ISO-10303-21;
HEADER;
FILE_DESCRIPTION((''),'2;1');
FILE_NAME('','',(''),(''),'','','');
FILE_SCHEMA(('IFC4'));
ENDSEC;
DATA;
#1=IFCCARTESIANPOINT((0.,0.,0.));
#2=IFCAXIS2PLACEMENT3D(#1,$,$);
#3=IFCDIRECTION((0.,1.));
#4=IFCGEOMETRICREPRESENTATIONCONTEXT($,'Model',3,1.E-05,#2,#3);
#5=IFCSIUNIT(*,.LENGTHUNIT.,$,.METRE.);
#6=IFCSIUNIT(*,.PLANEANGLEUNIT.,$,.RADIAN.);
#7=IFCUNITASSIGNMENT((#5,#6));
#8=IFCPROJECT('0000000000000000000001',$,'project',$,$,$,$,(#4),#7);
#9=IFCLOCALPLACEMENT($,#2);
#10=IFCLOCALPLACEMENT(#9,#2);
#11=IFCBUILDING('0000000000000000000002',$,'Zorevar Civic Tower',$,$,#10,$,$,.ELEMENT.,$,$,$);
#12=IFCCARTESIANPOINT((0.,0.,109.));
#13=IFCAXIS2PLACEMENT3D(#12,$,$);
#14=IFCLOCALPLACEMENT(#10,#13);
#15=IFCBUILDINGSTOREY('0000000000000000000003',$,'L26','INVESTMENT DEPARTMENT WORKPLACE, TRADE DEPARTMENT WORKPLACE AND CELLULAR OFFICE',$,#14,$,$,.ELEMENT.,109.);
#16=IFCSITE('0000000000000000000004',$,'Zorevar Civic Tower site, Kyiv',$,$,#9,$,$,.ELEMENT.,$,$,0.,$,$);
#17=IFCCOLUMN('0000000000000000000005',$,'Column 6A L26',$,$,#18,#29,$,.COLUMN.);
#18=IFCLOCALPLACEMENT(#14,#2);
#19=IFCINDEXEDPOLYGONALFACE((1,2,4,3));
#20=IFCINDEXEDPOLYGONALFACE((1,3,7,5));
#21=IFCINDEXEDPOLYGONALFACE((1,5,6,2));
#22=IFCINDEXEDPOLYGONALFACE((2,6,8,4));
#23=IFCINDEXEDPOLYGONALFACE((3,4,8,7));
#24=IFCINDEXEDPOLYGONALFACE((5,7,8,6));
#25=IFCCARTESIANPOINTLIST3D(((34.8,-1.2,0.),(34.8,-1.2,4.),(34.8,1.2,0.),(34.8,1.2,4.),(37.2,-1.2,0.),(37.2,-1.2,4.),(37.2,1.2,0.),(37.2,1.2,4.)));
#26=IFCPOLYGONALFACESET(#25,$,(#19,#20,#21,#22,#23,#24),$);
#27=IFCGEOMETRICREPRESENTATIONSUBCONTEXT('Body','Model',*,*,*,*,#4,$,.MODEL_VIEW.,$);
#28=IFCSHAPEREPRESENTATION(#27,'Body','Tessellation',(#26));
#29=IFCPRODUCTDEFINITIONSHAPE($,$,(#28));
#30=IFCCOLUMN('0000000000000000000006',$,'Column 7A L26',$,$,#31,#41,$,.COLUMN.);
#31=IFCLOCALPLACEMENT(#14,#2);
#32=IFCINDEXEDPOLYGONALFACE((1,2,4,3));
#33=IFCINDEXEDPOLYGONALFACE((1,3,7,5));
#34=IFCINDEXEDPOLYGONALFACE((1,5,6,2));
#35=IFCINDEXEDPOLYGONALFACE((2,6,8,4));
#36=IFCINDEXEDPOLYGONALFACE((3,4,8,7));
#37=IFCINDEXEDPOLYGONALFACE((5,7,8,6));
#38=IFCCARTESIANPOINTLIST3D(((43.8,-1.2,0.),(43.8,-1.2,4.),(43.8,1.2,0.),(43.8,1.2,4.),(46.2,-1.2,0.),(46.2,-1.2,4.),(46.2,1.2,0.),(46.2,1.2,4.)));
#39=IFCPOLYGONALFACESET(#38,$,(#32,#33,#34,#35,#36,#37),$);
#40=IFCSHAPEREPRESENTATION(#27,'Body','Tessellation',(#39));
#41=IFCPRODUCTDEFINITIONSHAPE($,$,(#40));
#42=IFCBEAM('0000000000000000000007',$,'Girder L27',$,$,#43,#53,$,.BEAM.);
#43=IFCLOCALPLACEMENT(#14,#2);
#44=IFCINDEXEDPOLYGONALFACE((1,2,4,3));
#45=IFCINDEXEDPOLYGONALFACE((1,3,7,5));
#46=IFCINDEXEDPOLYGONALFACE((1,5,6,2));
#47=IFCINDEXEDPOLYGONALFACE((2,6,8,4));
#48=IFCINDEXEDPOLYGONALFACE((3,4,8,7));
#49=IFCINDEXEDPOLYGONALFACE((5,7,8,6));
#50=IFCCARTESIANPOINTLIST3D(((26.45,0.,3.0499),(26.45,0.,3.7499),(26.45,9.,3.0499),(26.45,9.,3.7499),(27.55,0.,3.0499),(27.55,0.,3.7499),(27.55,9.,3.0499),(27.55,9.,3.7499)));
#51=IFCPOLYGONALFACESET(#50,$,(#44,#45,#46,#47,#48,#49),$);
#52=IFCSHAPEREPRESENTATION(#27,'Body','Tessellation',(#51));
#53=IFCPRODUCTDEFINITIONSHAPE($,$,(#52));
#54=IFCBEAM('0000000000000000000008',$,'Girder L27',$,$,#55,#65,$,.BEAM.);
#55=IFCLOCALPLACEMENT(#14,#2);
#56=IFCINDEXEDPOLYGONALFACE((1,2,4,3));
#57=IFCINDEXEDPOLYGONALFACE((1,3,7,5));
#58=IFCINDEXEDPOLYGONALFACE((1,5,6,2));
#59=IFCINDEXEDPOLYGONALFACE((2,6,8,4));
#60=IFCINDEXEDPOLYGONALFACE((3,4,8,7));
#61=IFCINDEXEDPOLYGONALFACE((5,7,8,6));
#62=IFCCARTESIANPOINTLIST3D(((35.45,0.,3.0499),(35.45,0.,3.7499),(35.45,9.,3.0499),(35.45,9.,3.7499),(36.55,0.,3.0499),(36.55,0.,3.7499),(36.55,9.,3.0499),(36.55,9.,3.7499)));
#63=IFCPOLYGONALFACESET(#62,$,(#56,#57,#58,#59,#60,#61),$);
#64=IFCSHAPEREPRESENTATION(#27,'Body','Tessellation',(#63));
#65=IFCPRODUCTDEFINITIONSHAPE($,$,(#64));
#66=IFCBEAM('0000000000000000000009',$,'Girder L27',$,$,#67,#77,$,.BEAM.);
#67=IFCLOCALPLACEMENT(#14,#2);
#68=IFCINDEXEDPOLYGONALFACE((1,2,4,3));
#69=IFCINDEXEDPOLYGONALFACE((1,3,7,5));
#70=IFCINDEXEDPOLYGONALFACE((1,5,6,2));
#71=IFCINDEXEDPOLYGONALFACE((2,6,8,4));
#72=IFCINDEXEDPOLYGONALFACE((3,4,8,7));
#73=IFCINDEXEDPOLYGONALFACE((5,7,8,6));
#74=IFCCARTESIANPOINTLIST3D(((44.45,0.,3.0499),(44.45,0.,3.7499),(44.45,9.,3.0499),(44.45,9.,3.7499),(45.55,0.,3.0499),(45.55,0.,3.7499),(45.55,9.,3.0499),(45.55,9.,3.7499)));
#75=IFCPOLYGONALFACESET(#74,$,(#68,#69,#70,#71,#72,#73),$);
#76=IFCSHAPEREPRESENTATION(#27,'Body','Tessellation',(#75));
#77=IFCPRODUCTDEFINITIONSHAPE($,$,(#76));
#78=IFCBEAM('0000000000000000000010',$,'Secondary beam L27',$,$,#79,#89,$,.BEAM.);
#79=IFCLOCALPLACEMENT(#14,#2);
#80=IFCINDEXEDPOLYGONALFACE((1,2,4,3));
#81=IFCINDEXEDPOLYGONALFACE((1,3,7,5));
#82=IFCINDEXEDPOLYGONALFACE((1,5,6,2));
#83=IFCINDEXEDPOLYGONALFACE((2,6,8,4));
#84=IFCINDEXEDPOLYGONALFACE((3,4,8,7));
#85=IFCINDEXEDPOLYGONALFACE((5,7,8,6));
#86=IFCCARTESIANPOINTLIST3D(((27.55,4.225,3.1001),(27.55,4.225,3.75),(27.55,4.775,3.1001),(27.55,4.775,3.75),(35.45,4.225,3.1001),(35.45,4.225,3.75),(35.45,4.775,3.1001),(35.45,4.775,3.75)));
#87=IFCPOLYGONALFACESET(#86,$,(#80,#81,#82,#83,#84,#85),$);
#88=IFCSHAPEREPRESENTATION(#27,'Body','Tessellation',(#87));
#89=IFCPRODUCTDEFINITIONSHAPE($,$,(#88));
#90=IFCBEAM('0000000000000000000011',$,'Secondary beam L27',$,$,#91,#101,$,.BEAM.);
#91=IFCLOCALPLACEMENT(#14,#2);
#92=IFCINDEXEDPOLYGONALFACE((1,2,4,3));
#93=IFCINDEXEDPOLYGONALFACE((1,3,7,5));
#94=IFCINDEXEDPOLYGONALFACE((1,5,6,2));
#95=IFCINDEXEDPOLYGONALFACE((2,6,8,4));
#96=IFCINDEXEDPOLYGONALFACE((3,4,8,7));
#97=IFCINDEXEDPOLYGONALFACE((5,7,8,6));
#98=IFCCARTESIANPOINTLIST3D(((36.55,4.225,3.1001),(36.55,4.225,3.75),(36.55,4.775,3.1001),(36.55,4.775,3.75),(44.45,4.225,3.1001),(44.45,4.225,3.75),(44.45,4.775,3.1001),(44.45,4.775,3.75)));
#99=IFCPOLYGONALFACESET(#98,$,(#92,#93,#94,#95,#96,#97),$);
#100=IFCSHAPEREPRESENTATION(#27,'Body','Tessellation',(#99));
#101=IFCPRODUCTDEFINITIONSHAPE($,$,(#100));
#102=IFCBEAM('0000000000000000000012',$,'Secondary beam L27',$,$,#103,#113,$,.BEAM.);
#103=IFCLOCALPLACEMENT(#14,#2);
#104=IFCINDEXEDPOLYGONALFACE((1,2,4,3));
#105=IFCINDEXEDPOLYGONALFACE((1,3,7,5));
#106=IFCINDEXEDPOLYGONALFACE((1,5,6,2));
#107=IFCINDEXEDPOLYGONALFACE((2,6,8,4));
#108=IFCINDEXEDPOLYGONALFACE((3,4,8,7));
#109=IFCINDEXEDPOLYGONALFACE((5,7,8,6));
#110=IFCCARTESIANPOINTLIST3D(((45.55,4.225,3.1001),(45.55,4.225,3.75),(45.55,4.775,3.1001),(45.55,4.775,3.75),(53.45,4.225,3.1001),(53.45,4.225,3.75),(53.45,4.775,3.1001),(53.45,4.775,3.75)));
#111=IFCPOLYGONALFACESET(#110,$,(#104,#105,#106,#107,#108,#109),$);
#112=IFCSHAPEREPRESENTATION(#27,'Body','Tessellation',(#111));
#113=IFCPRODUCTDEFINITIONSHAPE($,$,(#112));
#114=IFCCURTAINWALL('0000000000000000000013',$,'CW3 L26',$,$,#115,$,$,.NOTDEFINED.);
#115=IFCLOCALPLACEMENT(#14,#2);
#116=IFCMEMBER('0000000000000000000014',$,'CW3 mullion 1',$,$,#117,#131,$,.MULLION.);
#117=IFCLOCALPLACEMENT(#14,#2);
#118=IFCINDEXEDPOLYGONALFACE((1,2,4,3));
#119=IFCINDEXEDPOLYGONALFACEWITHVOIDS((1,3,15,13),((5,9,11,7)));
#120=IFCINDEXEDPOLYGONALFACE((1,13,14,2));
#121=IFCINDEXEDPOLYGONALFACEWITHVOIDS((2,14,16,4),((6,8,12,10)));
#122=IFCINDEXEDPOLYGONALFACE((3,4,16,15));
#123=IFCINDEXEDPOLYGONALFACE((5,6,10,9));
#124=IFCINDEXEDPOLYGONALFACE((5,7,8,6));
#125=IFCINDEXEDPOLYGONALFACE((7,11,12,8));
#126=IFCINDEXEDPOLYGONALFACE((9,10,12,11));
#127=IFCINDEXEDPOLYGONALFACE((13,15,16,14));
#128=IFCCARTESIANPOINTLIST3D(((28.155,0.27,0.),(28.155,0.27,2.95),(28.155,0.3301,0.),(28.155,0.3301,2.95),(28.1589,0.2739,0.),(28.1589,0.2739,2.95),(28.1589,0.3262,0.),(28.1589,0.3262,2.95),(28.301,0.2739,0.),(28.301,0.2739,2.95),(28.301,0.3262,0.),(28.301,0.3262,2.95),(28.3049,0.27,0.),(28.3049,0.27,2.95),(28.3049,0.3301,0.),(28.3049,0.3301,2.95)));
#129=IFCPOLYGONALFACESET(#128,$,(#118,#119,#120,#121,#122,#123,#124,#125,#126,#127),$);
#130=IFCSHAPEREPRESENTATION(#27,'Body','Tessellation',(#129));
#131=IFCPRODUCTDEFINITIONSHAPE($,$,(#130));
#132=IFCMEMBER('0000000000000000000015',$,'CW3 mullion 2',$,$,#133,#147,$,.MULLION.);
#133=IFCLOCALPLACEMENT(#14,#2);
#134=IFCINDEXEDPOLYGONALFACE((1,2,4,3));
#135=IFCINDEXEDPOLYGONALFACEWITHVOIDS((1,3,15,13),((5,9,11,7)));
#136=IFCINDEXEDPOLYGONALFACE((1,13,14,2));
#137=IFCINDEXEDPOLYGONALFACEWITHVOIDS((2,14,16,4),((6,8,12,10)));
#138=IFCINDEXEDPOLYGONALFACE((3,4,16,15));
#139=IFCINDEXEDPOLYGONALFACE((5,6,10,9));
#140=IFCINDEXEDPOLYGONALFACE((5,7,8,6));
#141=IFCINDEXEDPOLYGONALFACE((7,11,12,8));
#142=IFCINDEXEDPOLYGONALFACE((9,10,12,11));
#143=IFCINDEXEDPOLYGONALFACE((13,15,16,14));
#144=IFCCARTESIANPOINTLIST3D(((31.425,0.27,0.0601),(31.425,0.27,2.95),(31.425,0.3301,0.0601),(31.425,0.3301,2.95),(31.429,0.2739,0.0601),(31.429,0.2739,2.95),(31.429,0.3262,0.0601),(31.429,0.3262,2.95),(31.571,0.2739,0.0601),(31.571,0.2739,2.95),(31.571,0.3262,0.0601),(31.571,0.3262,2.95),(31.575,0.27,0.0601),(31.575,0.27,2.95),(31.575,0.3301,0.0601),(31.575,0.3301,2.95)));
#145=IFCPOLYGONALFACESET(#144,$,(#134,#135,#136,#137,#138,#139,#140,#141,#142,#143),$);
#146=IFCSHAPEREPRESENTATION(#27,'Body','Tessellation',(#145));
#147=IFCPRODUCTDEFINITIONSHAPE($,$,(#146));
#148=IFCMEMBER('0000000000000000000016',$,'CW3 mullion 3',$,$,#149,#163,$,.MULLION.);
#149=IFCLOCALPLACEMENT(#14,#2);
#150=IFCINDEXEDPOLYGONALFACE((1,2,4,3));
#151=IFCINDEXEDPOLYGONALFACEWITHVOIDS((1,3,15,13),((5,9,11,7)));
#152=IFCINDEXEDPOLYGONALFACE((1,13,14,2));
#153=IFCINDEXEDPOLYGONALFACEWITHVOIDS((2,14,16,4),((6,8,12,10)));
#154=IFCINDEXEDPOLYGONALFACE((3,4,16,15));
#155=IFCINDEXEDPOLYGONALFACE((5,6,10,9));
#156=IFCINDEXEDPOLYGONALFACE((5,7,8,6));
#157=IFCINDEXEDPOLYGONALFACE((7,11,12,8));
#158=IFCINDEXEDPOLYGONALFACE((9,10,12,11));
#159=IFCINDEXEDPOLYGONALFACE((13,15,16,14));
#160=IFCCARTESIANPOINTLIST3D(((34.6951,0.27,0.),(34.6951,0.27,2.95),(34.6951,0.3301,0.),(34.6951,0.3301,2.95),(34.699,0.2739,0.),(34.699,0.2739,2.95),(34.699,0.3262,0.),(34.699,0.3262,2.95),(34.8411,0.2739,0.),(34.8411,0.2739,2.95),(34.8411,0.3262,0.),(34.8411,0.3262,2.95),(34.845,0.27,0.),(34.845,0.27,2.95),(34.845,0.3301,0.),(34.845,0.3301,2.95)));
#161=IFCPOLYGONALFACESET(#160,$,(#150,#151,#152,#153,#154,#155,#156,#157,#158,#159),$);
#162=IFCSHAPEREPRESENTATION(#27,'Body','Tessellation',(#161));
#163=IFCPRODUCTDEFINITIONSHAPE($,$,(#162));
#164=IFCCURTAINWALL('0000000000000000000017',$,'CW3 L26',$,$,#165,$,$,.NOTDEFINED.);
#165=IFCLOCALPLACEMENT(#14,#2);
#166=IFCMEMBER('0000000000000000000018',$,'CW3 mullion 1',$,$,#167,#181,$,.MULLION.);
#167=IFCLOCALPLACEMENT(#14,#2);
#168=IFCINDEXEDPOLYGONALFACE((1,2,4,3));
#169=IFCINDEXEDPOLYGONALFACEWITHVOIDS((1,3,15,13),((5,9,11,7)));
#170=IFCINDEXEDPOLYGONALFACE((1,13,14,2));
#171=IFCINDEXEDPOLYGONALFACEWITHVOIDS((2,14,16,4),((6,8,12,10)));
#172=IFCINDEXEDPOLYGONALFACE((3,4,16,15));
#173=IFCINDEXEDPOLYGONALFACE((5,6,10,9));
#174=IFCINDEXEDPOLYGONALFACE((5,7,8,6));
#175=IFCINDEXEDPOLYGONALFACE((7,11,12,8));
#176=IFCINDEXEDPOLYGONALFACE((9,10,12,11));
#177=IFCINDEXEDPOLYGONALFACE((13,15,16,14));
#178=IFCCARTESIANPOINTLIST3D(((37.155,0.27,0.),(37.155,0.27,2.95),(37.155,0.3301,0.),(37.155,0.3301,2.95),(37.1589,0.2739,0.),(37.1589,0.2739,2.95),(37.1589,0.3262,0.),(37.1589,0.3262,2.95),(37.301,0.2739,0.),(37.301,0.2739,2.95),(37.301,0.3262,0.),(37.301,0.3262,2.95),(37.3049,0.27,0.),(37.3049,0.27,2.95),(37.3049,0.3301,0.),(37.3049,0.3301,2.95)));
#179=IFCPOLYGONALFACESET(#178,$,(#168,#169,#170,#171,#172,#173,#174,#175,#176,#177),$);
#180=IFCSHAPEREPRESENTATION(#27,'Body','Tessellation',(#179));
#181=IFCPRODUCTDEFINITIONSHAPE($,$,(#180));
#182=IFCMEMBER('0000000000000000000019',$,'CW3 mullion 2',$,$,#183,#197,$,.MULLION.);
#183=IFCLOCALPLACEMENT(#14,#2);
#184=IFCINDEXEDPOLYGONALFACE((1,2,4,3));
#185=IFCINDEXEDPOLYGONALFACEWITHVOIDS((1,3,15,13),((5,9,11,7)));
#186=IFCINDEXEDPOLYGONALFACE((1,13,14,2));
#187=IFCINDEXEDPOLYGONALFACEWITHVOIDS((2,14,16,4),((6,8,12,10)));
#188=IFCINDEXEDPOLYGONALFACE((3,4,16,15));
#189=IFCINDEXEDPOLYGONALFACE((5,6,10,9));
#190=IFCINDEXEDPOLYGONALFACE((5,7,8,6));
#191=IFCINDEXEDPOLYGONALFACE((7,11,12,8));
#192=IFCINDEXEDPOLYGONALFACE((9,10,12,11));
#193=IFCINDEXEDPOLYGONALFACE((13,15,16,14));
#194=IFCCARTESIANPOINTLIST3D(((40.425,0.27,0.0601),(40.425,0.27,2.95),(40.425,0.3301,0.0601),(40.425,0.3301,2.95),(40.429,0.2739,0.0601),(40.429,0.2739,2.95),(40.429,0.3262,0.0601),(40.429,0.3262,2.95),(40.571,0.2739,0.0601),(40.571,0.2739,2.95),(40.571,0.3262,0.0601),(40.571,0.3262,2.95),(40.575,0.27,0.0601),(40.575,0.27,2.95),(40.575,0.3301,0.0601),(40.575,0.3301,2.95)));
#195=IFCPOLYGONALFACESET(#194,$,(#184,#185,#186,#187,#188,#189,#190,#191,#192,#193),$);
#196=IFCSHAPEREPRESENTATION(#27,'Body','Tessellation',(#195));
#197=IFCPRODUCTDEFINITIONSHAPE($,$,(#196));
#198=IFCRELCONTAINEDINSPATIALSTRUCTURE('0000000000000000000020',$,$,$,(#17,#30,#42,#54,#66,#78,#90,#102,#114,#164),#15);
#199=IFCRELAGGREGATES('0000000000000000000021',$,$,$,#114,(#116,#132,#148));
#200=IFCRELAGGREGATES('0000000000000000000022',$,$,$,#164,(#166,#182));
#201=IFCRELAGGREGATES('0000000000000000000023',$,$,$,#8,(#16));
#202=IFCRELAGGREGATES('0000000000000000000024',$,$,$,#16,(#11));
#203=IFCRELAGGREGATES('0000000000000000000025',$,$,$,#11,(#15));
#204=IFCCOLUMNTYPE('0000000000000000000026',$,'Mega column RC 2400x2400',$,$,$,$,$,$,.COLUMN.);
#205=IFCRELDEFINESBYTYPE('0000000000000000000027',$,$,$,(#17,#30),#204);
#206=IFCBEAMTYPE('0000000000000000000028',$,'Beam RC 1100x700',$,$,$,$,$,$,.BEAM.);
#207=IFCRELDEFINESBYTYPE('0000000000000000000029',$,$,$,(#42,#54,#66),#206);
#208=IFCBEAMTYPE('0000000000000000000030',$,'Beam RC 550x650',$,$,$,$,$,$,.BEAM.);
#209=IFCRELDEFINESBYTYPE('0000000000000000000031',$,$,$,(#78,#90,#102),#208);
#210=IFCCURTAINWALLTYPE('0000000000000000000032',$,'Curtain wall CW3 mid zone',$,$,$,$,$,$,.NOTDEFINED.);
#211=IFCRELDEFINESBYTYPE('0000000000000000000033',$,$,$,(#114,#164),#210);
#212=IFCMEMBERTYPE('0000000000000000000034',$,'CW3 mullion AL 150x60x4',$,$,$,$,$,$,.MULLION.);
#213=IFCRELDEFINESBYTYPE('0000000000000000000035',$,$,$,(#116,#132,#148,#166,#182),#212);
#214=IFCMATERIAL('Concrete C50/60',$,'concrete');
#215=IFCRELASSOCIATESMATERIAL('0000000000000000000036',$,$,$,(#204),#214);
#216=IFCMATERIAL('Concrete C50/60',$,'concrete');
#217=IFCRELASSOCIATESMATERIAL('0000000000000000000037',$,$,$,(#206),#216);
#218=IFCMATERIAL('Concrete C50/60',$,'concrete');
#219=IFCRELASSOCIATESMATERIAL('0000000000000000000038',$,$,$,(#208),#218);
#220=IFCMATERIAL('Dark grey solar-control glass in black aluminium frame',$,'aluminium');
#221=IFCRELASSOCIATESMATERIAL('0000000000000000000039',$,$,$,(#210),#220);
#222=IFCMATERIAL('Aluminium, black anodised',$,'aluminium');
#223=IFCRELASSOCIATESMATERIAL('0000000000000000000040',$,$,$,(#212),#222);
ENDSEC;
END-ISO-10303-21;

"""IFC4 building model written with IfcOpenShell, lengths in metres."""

from ifc_helpers import new_model, si_unit, direction, frame, origin, origin_2d, place, context, subcontext, project, spatial, rectangle, hollow_rectangle, extrude, material, material_profile, profile_set, type_object, element, aggregate, save


model = new_model("IFC4")

# Units and contexts
model_context = context("Model", 3, precision=1e-05, world=origin(), true_north=direction((0.0, 1.0)))
body_context = subcontext(model_context, "Body", "Model", "MODEL_VIEW")
ifc_project = project(units=[si_unit("LENGTHUNIT", "METRE"), si_unit("PLANEANGLEUNIT", "RADIAN")], contexts=[model_context])

# Site, building, storey
site_placement = place(None, origin())
site = spatial("IfcSite", under=ifc_project, at=site_placement, Name="Zorevar Civic Tower site, Kyiv", CompositionType="ELEMENT", RefElevation=0.0)
building_placement = place(site_placement, origin())
building = spatial("IfcBuilding", under=site, at=building_placement, Name="Zorevar Civic Tower", CompositionType="ELEMENT")
storey_placement = place(building_placement, frame((0.0, 0.0, 109.0)))
storey = spatial("IfcBuildingStorey", under=building, at=storey_placement, Name="L26", Description="INVESTMENT DEPARTMENT WORKPLACE, TRADE DEPARTMENT WORKPLACE AND CELLULAR OFFICE", CompositionType="ELEMENT", Elevation=109.0)

# Columns
ifc_material_1 = material(Name="Concrete C50/60", Category="concrete")
ifc_material_profile_1 = material_profile(ifc_material_1, rectangle(XDim=2.3999, YDim=2.3999, at=origin_2d()), Name="RC 2400x2400")
ifc_profile_set_1 = profile_set([ifc_material_profile_1], Name="Concrete C50/60")
column_type = type_object("IfcColumnType", Name="Mega column RC 2400x2400", PredefinedType="COLUMN", material=ifc_profile_set_1)
for number, where, z_axis, x_axis, name in (
    (1, (36.0, 0.0, 0.0), (0.0, 0.0, 1.0), (1.0, 0.0, 0.0), "Column 6A L26"),
    (2, (45.0, 0.0, 0.0), (0.0, 0.0, 1.0), (1.0, 0.0, 0.0), "Column 7A L26"),
):
    element("IfcColumn", number, at=place(storey_placement, frame(where, z_axis=z_axis, x_axis=x_axis)), inside=storey, type_object=column_type, Name=name, PredefinedType="COLUMN", context=body_context, shape_type="SweptSolid", body=[
        extrude(rectangle(XDim=2.3999, YDim=2.3999, at=origin_2d()), origin(), (0.0, 0.0, 1.0), 4.0),
    ])

# Beams
ifc_material_2 = material(Name="Concrete C50/60", Category="concrete")
ifc_material_profile_2 = material_profile(ifc_material_2, rectangle(XDim=1.1001, YDim=0.7, at=origin_2d()), Name="RC 1100x700")
ifc_profile_set_2 = profile_set([ifc_material_profile_2], Name="Concrete C50/60")
beam_type_1 = type_object("IfcBeamType", Name="Beam RC 1100x700", PredefinedType="BEAM", material=ifc_profile_set_2)
for number, where, z_axis, x_axis, name in (
    (3, (27.0, 0.0, 3.3999), (0.0, 1.0, 0.0), (-1.0, 0.0, 0.0), "Girder L27"),
    (4, (36.0, 0.0, 3.3999), (0.0, 1.0, 0.0), (-1.0, 0.0, 0.0), "Girder L27"),
    (5, (45.0, 0.0, 3.3999), (0.0, 1.0, 0.0), (-1.0, 0.0, 0.0), "Girder L27"),
):
    element("IfcBeam", number, at=place(storey_placement, frame(where, z_axis=z_axis, x_axis=x_axis)), inside=storey, type_object=beam_type_1, Name=name, PredefinedType="BEAM", context=body_context, shape_type="SweptSolid", body=[
        extrude(rectangle(XDim=1.1001, YDim=0.7, at=origin_2d()), origin(), (0.0, 0.0, 1.0), 9.0),
    ])
ifc_material_3 = material(Name="Concrete C50/60", Category="concrete")
ifc_material_profile_3 = material_profile(ifc_material_3, rectangle(XDim=0.55, YDim=0.6499, at=origin_2d()), Name="RC 550x650")
ifc_profile_set_3 = profile_set([ifc_material_profile_3], Name="Concrete C50/60")
beam_type_2 = type_object("IfcBeamType", Name="Beam RC 550x650", PredefinedType="BEAM", material=ifc_profile_set_3)
for number, where, z_axis, x_axis, name in (
    (6, (27.55, 4.5, 3.425), (1.0, 0.0, 0.0), (0.0, 1.0, 0.0), "Secondary beam L27"),
    (7, (36.55, 4.5, 3.425), (1.0, 0.0, 0.0), (0.0, 1.0, 0.0), "Secondary beam L27"),
    (8, (45.55, 4.5, 3.425), (1.0, 0.0, 0.0), (0.0, 1.0, 0.0), "Secondary beam L27"),
):
    element("IfcBeam", number, at=place(storey_placement, frame(where, z_axis=z_axis, x_axis=x_axis)), inside=storey, type_object=beam_type_2, Name=name, PredefinedType="BEAM", context=body_context, shape_type="SweptSolid", body=[
        extrude(rectangle(XDim=0.55, YDim=0.6499, at=origin_2d()), origin(), (0.0, 0.0, 1.0), 7.8999),
    ])

# Curtain walls, members
ifc_material_4 = material(Name="Dark grey solar-control glass in black aluminium frame", Category="aluminium")
curtain_wall_type = type_object("IfcCurtainWallType", Name="Curtain wall CW3 mid zone", PredefinedType="NOTDEFINED", material=ifc_material_4)
curtain_wall_1_placement = place(storey_placement, origin())
curtain_wall_1 = element("IfcCurtainWall", 9, at=curtain_wall_1_placement, inside=storey, type_object=curtain_wall_type, Name="CW3 L26", PredefinedType="NOTDEFINED")
ifc_material_5 = material(Name="Aluminium, black anodised", Category="aluminium")
ifc_material_profile_4 = material_profile(ifc_material_5, hollow_rectangle(XDim=0.0601, YDim=0.1499, WallThickness=0.0039, at=origin_2d()), Name="AL 150x60x4")
ifc_profile_set_4 = profile_set([ifc_material_profile_4], Name="Aluminium, black anodised")
member_type_1 = type_object("IfcMemberType", Name="CW3 mullion AL 150x60x4", PredefinedType="MULLION", material=ifc_profile_set_4)
member_1_placement = place(storey_placement, frame((28.23, 0.3, 0.0), z_axis=(0.0, 0.0, 1.0), x_axis=(0.0, 1.0, 0.0)))
member_1 = element("IfcMember", 10, at=member_1_placement, type_object=member_type_1, Name="CW3 mullion 1", PredefinedType="MULLION", context=body_context, shape_type="SweptSolid", body=[
    extrude(hollow_rectangle(XDim=0.0601, YDim=0.1499, WallThickness=0.0039, at=origin_2d()), origin(), (0.0, 0.0, 1.0), 2.95),
])
member_2_placement = place(storey_placement, frame((31.5, 0.3, 0.0601), z_axis=(0.0, 0.0, 1.0), x_axis=(0.0, 1.0, 0.0)))
member_2 = element("IfcMember", 11, at=member_2_placement, type_object=member_type_1, Name="CW3 mullion 2", PredefinedType="MULLION", context=body_context, shape_type="SweptSolid", body=[
    extrude(hollow_rectangle(XDim=0.0601, YDim=0.1499, WallThickness=0.0039, at=origin_2d()), origin(), (0.0, 0.0, 1.0), 2.8899),
])
member_3_placement = place(storey_placement, frame((34.77, 0.3, 0.0), z_axis=(0.0, 0.0, 1.0), x_axis=(0.0, 1.0, 0.0)))
member_3 = element("IfcMember", 12, at=member_3_placement, type_object=member_type_1, Name="CW3 mullion 3", PredefinedType="MULLION", context=body_context, shape_type="SweptSolid", body=[
    extrude(hollow_rectangle(XDim=0.0601, YDim=0.1499, WallThickness=0.0039, at=origin_2d()), origin(), (0.0, 0.0, 1.0), 2.95),
])
curtain_wall_2_placement = place(storey_placement, origin())
curtain_wall_2 = element("IfcCurtainWall", 13, at=curtain_wall_2_placement, inside=storey, type_object=curtain_wall_type, Name="CW3 L26", PredefinedType="NOTDEFINED")
member_4_placement = place(storey_placement, frame((37.23, 0.3, 0.0), z_axis=(0.0, 0.0, 1.0), x_axis=(0.0, 1.0, 0.0)))
member_4 = element("IfcMember", 14, at=member_4_placement, type_object=member_type_1, Name="CW3 mullion 1", PredefinedType="MULLION", context=body_context, shape_type="SweptSolid", body=[
    extrude(hollow_rectangle(XDim=0.0601, YDim=0.1499, WallThickness=0.0039, at=origin_2d()), origin(), (0.0, 0.0, 1.0), 2.95),
])
member_5_placement = place(storey_placement, frame((40.5, 0.3, 0.0601), z_axis=(0.0, 0.0, 1.0), x_axis=(0.0, 1.0, 0.0)))
member_5 = element("IfcMember", 15, at=member_5_placement, type_object=member_type_1, Name="CW3 mullion 2", PredefinedType="MULLION", context=body_context, shape_type="SweptSolid", body=[
    extrude(hollow_rectangle(XDim=0.0601, YDim=0.1499, WallThickness=0.0039, at=origin_2d()), origin(), (0.0, 0.0, 1.0), 2.8899),
])

aggregate(curtain_wall_1, [member_1, member_2, member_3])
aggregate(curtain_wall_2, [member_4, member_5])

save(model, "model.ifc")
